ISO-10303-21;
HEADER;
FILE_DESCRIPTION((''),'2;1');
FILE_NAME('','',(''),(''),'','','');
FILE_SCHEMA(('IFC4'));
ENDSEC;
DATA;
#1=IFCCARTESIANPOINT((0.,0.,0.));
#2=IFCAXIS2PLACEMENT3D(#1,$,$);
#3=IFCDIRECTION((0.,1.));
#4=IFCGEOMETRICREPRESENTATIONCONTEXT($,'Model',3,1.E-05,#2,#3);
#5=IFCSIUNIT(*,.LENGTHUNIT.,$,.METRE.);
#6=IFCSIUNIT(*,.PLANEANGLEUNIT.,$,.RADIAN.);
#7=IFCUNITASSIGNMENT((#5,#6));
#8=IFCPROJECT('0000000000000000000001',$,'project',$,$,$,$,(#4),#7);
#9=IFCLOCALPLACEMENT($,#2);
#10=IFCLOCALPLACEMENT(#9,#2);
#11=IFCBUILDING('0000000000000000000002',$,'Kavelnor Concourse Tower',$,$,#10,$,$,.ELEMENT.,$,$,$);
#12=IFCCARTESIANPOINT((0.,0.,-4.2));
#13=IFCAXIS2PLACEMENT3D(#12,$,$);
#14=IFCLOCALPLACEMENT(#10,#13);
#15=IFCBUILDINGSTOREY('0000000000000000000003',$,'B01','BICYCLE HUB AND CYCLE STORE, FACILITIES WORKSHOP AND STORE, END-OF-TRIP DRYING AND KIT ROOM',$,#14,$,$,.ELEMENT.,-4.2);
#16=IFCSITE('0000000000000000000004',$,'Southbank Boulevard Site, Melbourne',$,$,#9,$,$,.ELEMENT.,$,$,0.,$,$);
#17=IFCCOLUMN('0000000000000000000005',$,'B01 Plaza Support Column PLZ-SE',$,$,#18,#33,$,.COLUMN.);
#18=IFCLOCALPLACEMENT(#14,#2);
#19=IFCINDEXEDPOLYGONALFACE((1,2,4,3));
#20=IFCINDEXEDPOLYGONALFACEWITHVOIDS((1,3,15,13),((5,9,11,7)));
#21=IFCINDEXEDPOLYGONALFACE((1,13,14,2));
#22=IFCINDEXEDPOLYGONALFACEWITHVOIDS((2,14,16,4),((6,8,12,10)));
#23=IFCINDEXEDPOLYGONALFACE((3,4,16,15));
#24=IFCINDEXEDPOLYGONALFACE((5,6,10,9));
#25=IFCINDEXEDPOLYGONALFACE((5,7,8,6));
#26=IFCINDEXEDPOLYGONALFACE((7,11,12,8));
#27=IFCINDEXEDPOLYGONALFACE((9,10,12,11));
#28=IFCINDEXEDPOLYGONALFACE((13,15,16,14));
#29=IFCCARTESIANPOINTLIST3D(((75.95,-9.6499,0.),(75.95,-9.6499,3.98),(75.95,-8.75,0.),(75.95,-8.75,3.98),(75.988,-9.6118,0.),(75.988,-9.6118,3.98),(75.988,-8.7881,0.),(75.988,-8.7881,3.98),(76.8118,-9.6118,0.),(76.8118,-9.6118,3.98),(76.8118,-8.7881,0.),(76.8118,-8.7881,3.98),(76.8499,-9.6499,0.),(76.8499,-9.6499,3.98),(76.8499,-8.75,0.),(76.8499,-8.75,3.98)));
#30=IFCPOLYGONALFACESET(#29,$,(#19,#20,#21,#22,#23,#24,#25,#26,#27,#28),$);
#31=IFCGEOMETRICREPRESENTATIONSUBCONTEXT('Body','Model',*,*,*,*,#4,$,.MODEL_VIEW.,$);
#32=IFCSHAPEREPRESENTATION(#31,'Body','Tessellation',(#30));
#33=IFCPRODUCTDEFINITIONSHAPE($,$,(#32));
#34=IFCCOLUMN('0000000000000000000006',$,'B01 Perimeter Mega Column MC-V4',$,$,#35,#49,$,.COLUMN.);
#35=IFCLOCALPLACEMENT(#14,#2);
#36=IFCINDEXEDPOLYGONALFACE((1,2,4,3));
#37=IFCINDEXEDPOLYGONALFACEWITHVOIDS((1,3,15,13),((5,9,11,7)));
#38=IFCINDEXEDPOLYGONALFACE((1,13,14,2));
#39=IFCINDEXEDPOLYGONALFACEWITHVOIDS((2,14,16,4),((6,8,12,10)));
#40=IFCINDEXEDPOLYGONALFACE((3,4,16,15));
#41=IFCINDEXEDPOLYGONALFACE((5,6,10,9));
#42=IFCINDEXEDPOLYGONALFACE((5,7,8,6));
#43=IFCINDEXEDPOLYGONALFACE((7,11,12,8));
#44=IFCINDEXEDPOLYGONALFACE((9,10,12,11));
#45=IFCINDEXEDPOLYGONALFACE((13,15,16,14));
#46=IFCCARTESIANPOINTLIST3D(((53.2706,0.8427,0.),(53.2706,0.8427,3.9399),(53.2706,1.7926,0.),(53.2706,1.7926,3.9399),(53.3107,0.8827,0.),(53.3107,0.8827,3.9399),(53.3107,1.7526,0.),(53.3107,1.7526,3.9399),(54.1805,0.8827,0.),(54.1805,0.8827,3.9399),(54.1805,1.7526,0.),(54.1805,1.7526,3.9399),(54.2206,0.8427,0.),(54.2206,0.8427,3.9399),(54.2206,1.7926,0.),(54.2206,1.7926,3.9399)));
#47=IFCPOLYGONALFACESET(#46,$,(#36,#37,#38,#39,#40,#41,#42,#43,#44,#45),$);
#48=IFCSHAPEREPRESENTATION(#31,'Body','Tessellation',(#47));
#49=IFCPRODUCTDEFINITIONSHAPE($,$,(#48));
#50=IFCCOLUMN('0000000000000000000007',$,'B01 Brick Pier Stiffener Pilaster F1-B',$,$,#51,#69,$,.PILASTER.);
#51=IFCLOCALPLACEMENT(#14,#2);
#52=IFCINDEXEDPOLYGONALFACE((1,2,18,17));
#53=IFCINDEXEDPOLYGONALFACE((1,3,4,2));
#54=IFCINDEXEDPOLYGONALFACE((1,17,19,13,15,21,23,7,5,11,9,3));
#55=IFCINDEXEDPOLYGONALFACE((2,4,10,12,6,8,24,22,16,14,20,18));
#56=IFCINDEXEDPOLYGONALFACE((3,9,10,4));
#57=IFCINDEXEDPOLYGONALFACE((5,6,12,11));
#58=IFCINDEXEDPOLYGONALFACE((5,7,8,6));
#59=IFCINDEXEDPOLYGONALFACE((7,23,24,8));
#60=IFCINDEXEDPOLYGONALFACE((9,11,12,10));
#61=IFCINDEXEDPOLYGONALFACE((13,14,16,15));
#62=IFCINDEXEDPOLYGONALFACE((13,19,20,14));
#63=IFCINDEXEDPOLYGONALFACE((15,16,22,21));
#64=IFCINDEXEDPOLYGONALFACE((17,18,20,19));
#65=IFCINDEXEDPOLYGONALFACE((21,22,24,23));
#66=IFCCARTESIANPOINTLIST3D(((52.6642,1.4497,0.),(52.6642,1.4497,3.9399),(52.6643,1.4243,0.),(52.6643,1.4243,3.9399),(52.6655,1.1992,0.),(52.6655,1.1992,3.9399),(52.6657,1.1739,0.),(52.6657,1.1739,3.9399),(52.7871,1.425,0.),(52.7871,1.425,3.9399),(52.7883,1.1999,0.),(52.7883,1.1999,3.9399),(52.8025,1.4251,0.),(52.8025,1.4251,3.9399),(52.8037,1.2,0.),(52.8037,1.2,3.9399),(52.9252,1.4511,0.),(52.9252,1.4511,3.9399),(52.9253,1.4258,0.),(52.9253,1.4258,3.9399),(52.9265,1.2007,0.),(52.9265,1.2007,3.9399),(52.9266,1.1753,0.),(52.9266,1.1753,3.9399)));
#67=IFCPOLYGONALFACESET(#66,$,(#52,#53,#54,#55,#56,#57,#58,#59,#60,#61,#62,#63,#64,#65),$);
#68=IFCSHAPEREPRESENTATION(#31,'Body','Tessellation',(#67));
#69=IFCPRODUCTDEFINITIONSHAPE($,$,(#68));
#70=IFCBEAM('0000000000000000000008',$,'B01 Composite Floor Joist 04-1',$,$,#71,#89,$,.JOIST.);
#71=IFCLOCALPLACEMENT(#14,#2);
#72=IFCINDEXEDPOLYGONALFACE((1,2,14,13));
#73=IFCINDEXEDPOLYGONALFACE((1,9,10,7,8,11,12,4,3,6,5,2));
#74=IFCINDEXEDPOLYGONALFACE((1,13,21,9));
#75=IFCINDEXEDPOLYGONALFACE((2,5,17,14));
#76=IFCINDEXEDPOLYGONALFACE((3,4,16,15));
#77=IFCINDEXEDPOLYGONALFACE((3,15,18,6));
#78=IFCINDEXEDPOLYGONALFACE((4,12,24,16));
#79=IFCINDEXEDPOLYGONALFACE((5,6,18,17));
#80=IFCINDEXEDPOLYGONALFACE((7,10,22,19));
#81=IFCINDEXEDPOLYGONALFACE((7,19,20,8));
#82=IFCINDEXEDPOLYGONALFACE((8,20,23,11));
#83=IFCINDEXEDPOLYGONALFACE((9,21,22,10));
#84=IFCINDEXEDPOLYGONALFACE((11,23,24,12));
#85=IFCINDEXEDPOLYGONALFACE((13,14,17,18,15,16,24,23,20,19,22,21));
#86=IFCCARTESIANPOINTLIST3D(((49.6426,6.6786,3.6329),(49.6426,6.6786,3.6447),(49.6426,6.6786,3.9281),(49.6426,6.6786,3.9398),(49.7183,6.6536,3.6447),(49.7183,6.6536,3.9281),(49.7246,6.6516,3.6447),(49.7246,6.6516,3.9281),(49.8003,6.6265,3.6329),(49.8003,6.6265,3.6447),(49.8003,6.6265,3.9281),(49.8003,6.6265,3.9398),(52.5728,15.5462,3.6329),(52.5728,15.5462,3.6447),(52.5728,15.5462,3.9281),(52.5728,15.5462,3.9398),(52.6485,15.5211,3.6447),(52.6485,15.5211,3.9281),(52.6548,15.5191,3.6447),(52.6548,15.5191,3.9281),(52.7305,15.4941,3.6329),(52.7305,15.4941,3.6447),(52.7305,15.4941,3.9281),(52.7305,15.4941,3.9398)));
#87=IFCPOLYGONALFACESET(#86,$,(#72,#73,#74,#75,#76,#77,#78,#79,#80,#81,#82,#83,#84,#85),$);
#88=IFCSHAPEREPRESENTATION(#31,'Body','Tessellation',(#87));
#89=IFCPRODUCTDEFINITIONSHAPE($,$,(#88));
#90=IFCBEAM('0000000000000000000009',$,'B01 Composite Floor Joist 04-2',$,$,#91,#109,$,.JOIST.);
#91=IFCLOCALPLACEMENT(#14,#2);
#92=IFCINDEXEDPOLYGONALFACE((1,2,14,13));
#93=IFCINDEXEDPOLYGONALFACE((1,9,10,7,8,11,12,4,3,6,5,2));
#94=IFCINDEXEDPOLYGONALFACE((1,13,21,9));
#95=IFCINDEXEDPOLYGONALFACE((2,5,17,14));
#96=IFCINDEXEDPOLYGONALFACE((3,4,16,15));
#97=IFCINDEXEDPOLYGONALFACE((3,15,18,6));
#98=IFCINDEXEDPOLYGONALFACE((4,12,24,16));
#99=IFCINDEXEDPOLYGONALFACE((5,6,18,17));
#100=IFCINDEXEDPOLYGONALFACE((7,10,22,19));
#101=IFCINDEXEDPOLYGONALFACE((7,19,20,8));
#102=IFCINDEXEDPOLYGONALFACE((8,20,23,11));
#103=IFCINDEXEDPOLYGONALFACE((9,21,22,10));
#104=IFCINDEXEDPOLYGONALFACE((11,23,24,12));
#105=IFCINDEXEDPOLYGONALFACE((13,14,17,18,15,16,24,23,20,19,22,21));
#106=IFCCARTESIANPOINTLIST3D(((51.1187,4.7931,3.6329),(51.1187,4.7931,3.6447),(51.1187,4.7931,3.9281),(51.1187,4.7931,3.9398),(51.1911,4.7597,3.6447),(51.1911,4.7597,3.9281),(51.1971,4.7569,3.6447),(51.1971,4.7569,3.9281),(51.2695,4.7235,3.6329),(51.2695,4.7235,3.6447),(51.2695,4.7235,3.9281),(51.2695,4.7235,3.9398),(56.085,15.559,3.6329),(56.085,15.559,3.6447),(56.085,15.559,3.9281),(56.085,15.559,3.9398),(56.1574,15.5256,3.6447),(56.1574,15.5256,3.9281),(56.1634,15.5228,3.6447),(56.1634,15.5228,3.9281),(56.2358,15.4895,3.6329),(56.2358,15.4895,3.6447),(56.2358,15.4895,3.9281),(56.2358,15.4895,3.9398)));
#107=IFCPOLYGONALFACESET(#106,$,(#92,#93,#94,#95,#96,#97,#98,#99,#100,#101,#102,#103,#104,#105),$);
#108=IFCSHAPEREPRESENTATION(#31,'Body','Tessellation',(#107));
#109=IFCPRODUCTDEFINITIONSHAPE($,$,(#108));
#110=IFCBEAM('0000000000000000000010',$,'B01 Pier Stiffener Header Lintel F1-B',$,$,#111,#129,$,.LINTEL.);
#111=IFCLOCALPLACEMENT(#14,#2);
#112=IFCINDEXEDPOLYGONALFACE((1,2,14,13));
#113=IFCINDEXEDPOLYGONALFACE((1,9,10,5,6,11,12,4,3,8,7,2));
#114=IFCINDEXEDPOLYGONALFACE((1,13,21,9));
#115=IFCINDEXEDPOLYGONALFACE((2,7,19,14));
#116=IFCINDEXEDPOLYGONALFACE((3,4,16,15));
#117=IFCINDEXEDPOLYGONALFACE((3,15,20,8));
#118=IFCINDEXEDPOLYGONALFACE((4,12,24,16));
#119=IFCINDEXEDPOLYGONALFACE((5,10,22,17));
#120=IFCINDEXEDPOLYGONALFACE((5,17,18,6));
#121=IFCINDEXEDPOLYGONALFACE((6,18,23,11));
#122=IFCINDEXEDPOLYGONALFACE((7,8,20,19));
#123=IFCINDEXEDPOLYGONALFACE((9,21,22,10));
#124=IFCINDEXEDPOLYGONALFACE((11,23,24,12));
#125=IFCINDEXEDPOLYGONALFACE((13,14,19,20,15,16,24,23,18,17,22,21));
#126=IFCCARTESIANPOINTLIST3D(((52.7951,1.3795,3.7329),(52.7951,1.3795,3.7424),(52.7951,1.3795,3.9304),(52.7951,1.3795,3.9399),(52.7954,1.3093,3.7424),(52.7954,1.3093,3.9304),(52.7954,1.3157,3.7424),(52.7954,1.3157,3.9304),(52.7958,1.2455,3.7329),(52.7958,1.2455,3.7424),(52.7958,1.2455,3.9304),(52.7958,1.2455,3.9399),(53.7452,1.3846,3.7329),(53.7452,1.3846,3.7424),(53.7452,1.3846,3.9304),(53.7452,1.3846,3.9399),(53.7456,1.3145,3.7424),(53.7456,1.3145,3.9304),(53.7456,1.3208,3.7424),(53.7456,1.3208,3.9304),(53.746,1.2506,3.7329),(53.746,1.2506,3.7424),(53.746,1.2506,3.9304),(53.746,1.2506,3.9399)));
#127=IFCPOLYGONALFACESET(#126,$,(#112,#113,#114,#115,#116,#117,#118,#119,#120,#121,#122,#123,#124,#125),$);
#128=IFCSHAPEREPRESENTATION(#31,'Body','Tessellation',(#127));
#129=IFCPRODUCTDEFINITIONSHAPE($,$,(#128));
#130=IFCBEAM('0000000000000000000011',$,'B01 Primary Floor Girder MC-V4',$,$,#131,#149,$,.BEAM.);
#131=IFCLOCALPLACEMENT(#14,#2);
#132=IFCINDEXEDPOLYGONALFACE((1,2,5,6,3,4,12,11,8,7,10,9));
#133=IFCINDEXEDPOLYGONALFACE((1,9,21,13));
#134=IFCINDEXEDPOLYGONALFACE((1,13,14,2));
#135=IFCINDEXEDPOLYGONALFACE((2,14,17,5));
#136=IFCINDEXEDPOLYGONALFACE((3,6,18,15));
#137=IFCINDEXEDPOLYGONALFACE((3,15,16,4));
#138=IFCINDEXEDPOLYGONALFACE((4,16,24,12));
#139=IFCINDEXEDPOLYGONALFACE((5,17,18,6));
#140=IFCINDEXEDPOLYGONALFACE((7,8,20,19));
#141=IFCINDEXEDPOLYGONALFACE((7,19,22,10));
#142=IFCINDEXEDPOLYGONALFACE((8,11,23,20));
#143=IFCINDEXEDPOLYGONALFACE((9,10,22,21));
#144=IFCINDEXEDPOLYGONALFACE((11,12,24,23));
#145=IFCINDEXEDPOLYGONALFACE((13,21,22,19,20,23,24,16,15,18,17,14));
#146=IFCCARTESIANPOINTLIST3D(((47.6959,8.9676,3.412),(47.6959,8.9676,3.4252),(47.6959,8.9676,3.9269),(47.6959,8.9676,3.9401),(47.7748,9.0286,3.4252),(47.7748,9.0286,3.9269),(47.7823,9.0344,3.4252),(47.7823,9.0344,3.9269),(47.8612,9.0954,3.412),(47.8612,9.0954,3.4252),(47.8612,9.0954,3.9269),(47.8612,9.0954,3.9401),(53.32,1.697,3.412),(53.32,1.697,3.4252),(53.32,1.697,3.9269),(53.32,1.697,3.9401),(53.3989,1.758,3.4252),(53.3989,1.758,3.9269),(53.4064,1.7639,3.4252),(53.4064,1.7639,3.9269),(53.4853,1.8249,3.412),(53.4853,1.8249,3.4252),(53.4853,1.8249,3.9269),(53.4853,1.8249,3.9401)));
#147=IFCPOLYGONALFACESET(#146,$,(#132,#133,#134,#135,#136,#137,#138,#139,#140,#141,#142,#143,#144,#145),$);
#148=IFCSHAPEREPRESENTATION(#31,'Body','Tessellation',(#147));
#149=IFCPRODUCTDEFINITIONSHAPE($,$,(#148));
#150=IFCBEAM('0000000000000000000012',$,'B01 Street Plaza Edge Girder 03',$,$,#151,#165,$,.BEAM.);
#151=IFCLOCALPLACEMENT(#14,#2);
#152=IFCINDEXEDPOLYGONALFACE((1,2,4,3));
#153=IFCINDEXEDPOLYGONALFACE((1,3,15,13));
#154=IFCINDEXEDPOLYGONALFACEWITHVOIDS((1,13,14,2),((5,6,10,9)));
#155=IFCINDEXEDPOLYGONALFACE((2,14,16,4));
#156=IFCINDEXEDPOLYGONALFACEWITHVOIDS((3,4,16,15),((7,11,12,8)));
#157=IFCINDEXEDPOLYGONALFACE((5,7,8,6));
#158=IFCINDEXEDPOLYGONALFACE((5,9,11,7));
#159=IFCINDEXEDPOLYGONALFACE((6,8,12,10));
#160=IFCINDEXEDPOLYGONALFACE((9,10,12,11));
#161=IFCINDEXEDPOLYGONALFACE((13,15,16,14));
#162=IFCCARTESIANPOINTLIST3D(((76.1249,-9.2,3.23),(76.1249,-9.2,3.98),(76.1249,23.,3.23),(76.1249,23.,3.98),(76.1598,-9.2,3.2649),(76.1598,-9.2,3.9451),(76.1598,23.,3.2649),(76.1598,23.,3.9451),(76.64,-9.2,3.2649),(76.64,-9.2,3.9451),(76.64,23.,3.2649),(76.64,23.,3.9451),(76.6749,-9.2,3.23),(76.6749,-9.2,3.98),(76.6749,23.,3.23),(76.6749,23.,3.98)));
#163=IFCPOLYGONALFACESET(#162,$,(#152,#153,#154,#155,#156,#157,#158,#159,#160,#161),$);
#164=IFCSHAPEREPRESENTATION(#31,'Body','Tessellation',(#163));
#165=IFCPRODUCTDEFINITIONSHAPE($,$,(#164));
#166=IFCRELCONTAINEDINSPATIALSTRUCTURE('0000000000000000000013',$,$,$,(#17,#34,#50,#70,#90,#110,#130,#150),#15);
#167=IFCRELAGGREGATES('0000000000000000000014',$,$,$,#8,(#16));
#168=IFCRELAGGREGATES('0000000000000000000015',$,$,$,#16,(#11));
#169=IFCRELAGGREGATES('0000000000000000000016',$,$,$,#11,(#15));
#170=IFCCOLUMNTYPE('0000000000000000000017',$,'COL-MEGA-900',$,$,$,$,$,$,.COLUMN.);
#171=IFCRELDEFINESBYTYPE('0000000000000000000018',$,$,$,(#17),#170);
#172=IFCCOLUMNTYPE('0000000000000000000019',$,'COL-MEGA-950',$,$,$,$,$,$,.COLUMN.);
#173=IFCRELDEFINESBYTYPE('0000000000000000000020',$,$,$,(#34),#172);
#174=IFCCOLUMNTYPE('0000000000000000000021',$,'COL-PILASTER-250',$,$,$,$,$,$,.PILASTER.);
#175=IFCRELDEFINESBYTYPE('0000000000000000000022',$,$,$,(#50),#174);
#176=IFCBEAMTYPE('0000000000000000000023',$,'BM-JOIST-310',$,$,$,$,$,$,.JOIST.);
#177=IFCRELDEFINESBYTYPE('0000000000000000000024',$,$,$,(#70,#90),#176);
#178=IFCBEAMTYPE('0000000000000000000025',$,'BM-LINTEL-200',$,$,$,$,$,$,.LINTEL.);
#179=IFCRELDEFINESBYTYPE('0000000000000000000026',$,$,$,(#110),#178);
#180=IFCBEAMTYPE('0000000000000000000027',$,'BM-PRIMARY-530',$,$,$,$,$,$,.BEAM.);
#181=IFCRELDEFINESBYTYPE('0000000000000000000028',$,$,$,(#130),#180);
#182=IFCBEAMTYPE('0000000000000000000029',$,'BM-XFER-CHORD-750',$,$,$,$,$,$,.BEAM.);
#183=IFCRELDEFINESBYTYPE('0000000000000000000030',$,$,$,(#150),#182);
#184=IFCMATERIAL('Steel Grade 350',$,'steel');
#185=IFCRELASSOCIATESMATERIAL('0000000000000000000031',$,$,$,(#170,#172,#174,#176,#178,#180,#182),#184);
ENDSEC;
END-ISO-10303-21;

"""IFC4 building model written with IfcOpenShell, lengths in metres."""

from ifc_helpers import new_model, si_unit, direction, frame, origin, origin_2d, place, context, subcontext, project, spatial, hollow_rectangle, i_section, extrude, material, material_profile, profile_set, type_object, element, save


model = new_model("IFC4")

# Units and contexts
model_context = context("Model", 3, precision=1e-05, world=origin(), true_north=direction((0.0, 1.0)))
body_context = subcontext(model_context, "Body", "Model", "MODEL_VIEW")
ifc_project = project(units=[si_unit("LENGTHUNIT", "METRE"), si_unit("PLANEANGLEUNIT", "RADIAN")], contexts=[model_context])

# Site, building, storey
site_placement = place(None, origin())
site = spatial("IfcSite", under=ifc_project, at=site_placement, Name="Southbank Boulevard Site, Melbourne", CompositionType="ELEMENT", RefElevation=0.0)
building_placement = place(site_placement, origin())
building = spatial("IfcBuilding", under=site, at=building_placement, Name="Kavelnor Concourse Tower", CompositionType="ELEMENT")
storey_placement = place(building_placement, frame((0.0, 0.0, -4.2)))
storey = spatial("IfcBuildingStorey", under=building, at=storey_placement, Name="B01", Description="BICYCLE HUB AND CYCLE STORE, FACILITIES WORKSHOP AND STORE, END-OF-TRIP DRYING AND KIT ROOM", CompositionType="ELEMENT", Elevation=-4.2)

# Columns
ifc_material_1 = material(Name="Steel Grade 350", Category="steel")
ifc_material_profile_1 = material_profile(ifc_material_1, hollow_rectangle(XDim=0.8999, YDim=0.8999, WallThickness=0.0381, at=origin_2d()), Name="SHS 900x900x38")
ifc_profile_set_1 = profile_set([ifc_material_profile_1], Name="Steel Grade 350")
column_type_1 = type_object("IfcColumnType", Name="COL-MEGA-900", PredefinedType="COLUMN", material=ifc_profile_set_1)
column_1_placement = place(storey_placement, frame((76.3999, -9.2, 0.0), z_axis=(0.0, 0.0, 1.0), x_axis=(1.0, 0.0, 0.0)))
element("IfcColumn", 1, at=column_1_placement, inside=storey, type_object=column_type_1, Name="B01 Plaza Support Column PLZ-SE", PredefinedType="COLUMN", context=body_context, shape_type="SweptSolid", body=[
    extrude(hollow_rectangle(XDim=0.8999, YDim=0.8999, WallThickness=0.0381, at=origin_2d()), origin(), (0.0, 0.0, 1.0), 3.98),
])
ifc_material_profile_2 = material_profile(ifc_material_1, hollow_rectangle(XDim=0.95, YDim=0.95, WallThickness=0.04, at=origin_2d()), Name="SHS 950x950x40")
ifc_profile_set_2 = profile_set([ifc_material_profile_2], Name="Steel Grade 350")
column_type_2 = type_object("IfcColumnType", Name="COL-MEGA-950", PredefinedType="COLUMN", material=ifc_profile_set_2)
column_2_placement = place(storey_placement, frame((53.7456, 1.3176, 0.0), z_axis=(0.0, 0.0, 1.0), x_axis=(1.0, 0.0, 0.0)))
element("IfcColumn", 2, at=column_2_placement, inside=storey, type_object=column_type_2, Name="B01 Perimeter Mega Column MC-V4", PredefinedType="COLUMN", context=body_context, shape_type="SweptSolid", body=[
    extrude(hollow_rectangle(XDim=0.95, YDim=0.95, WallThickness=0.04, at=origin_2d()), origin(), (0.0, 0.0, 1.0), 3.9399),
])
ifc_material_profile_3 = material_profile(ifc_material_1, i_section(OverallWidth=0.261, OverallDepth=0.2759, WebThickness=0.0154, FlangeThickness=0.0254, at=origin_2d()), Name="UC 254x254x132")
ifc_profile_set_3 = profile_set([ifc_material_profile_3], Name="Steel Grade 350")
column_type_3 = type_object("IfcColumnType", Name="COL-PILASTER-250", PredefinedType="PILASTER", material=ifc_profile_set_3)
column_3_placement = place(storey_placement, frame((52.7954, 1.3125, 0.0), z_axis=(0.0, 0.0, 1.0), x_axis=(0.999985, 0.00541, 0.0)))
element("IfcColumn", 3, at=column_3_placement, inside=storey, type_object=column_type_3, Name="B01 Brick Pier Stiffener Pilaster F1-B", PredefinedType="PILASTER", context=body_context, shape_type="SweptSolid", body=[
    extrude(i_section(OverallWidth=0.261, OverallDepth=0.2759, WebThickness=0.0154, FlangeThickness=0.0254, at=origin_2d()), origin(), (0.0, 0.0, 1.0), 3.9399),
])

# Beams
ifc_material_profile_4 = material_profile(ifc_material_1, i_section(OverallWidth=0.166, OverallDepth=0.3069, WebThickness=0.0066, FlangeThickness=0.0117, at=origin_2d()), Name="310UB46")
ifc_profile_set_4 = profile_set([ifc_material_profile_4], Name="Steel Grade 350")
beam_type_1 = type_object("IfcBeamType", Name="BM-JOIST-310", PredefinedType="JOIST", material=ifc_profile_set_4)
beam_1_placement = place(storey_placement, frame((49.7214, 6.6526, 3.7864), z_axis=(0.313756, 0.949504, 0.0), x_axis=(-0.949504, 0.313756, 0.0)))
element("IfcBeam", 4, at=beam_1_placement, inside=storey, type_object=beam_type_1, Name="B01 Composite Floor Joist 04-1", PredefinedType="JOIST", context=body_context, shape_type="SweptSolid", body=[
    extrude(i_section(OverallWidth=0.166, OverallDepth=0.3069, WebThickness=0.0066, FlangeThickness=0.0117, at=origin_2d()), origin(), (0.0, 0.0, 1.0), 9.3391),
])
beam_2_placement = place(storey_placement, frame((51.1941, 4.7583, 3.7864), z_axis=(0.418881, 0.908041, 0.0), x_axis=(-0.908041, 0.418881, 0.0)))
element("IfcBeam", 5, at=beam_2_placement, inside=storey, type_object=beam_type_1, Name="B01 Composite Floor Joist 04-2", PredefinedType="JOIST", context=body_context, shape_type="SweptSolid", body=[
    extrude(i_section(OverallWidth=0.166, OverallDepth=0.3069, WebThickness=0.0066, FlangeThickness=0.0117, at=origin_2d()), origin(), (0.0, 0.0, 1.0), 11.8562),
])
ifc_material_profile_5 = material_profile(ifc_material_1, i_section(OverallWidth=0.134, OverallDepth=0.207, WebThickness=0.0063, FlangeThickness=0.0095, at=origin_2d()), Name="200UB29")
ifc_profile_set_5 = profile_set([ifc_material_profile_5], Name="Steel Grade 350")
beam_type_2 = type_object("IfcBeamType", Name="BM-LINTEL-200", PredefinedType="LINTEL", material=ifc_profile_set_5)
beam_3_placement = place(storey_placement, frame((53.7456, 1.3176, 3.8364), z_axis=(-0.999985, -0.005396, 0.0), x_axis=(0.005396, -0.999985, 0.0)))
element("IfcBeam", 6, at=beam_3_placement, inside=storey, type_object=beam_type_2, Name="B01 Pier Stiffener Header Lintel F1-B", PredefinedType="LINTEL", context=body_context, shape_type="SweptSolid", body=[
    extrude(i_section(OverallWidth=0.134, OverallDepth=0.207, WebThickness=0.0063, FlangeThickness=0.0095, at=origin_2d()), origin(), (0.0, 0.0, 1.0), 0.9502),
])
ifc_material_profile_6 = material_profile(ifc_material_1, i_section(OverallWidth=0.209, OverallDepth=0.5281, WebThickness=0.0095, FlangeThickness=0.0132, at=origin_2d()), Name="530UB82")
ifc_profile_set_6 = profile_set([ifc_material_profile_6], Name="Steel Grade 350")
beam_type_3 = type_object("IfcBeamType", Name="BM-PRIMARY-530", PredefinedType="BEAM", material=ifc_profile_set_6)
beam_4_placement = place(storey_placement, frame((47.7786, 9.0315, 3.676), z_axis=(0.61185, -0.790974, 0.0), x_axis=(0.790974, 0.61185, 0.0)))
element("IfcBeam", 7, at=beam_4_placement, inside=storey, type_object=beam_type_3, Name="B01 Primary Floor Girder MC-V4", PredefinedType="BEAM", context=body_context, shape_type="SweptSolid", body=[
    extrude(i_section(OverallWidth=0.209, OverallDepth=0.5281, WebThickness=0.0095, FlangeThickness=0.0132, at=origin_2d()), origin(), (0.0, 0.0, 1.0), 9.1919),
])
ifc_material_profile_7 = material_profile(ifc_material_1, hollow_rectangle(XDim=0.55, YDim=0.75, WallThickness=0.0349, at=origin_2d()), Name="RHS 750x550x35")
ifc_profile_set_7 = profile_set([ifc_material_profile_7], Name="Steel Grade 350")
beam_type_4 = type_object("IfcBeamType", Name="BM-XFER-CHORD-750", PredefinedType="BEAM", material=ifc_profile_set_7)
beam_5_placement = place(storey_placement, frame((76.3999, -9.2, 3.605), z_axis=(0.0, 1.0, 0.0), x_axis=(-1.0, 0.0, 0.0)))
element("IfcBeam", 8, at=beam_5_placement, inside=storey, type_object=beam_type_4, Name="B01 Street Plaza Edge Girder 03", PredefinedType="BEAM", context=body_context, shape_type="SweptSolid", body=[
    extrude(hollow_rectangle(XDim=0.55, YDim=0.75, WallThickness=0.0349, at=origin_2d()), origin(), (0.0, 0.0, 1.0), 32.2),
])

save(model, "model.ifc")
